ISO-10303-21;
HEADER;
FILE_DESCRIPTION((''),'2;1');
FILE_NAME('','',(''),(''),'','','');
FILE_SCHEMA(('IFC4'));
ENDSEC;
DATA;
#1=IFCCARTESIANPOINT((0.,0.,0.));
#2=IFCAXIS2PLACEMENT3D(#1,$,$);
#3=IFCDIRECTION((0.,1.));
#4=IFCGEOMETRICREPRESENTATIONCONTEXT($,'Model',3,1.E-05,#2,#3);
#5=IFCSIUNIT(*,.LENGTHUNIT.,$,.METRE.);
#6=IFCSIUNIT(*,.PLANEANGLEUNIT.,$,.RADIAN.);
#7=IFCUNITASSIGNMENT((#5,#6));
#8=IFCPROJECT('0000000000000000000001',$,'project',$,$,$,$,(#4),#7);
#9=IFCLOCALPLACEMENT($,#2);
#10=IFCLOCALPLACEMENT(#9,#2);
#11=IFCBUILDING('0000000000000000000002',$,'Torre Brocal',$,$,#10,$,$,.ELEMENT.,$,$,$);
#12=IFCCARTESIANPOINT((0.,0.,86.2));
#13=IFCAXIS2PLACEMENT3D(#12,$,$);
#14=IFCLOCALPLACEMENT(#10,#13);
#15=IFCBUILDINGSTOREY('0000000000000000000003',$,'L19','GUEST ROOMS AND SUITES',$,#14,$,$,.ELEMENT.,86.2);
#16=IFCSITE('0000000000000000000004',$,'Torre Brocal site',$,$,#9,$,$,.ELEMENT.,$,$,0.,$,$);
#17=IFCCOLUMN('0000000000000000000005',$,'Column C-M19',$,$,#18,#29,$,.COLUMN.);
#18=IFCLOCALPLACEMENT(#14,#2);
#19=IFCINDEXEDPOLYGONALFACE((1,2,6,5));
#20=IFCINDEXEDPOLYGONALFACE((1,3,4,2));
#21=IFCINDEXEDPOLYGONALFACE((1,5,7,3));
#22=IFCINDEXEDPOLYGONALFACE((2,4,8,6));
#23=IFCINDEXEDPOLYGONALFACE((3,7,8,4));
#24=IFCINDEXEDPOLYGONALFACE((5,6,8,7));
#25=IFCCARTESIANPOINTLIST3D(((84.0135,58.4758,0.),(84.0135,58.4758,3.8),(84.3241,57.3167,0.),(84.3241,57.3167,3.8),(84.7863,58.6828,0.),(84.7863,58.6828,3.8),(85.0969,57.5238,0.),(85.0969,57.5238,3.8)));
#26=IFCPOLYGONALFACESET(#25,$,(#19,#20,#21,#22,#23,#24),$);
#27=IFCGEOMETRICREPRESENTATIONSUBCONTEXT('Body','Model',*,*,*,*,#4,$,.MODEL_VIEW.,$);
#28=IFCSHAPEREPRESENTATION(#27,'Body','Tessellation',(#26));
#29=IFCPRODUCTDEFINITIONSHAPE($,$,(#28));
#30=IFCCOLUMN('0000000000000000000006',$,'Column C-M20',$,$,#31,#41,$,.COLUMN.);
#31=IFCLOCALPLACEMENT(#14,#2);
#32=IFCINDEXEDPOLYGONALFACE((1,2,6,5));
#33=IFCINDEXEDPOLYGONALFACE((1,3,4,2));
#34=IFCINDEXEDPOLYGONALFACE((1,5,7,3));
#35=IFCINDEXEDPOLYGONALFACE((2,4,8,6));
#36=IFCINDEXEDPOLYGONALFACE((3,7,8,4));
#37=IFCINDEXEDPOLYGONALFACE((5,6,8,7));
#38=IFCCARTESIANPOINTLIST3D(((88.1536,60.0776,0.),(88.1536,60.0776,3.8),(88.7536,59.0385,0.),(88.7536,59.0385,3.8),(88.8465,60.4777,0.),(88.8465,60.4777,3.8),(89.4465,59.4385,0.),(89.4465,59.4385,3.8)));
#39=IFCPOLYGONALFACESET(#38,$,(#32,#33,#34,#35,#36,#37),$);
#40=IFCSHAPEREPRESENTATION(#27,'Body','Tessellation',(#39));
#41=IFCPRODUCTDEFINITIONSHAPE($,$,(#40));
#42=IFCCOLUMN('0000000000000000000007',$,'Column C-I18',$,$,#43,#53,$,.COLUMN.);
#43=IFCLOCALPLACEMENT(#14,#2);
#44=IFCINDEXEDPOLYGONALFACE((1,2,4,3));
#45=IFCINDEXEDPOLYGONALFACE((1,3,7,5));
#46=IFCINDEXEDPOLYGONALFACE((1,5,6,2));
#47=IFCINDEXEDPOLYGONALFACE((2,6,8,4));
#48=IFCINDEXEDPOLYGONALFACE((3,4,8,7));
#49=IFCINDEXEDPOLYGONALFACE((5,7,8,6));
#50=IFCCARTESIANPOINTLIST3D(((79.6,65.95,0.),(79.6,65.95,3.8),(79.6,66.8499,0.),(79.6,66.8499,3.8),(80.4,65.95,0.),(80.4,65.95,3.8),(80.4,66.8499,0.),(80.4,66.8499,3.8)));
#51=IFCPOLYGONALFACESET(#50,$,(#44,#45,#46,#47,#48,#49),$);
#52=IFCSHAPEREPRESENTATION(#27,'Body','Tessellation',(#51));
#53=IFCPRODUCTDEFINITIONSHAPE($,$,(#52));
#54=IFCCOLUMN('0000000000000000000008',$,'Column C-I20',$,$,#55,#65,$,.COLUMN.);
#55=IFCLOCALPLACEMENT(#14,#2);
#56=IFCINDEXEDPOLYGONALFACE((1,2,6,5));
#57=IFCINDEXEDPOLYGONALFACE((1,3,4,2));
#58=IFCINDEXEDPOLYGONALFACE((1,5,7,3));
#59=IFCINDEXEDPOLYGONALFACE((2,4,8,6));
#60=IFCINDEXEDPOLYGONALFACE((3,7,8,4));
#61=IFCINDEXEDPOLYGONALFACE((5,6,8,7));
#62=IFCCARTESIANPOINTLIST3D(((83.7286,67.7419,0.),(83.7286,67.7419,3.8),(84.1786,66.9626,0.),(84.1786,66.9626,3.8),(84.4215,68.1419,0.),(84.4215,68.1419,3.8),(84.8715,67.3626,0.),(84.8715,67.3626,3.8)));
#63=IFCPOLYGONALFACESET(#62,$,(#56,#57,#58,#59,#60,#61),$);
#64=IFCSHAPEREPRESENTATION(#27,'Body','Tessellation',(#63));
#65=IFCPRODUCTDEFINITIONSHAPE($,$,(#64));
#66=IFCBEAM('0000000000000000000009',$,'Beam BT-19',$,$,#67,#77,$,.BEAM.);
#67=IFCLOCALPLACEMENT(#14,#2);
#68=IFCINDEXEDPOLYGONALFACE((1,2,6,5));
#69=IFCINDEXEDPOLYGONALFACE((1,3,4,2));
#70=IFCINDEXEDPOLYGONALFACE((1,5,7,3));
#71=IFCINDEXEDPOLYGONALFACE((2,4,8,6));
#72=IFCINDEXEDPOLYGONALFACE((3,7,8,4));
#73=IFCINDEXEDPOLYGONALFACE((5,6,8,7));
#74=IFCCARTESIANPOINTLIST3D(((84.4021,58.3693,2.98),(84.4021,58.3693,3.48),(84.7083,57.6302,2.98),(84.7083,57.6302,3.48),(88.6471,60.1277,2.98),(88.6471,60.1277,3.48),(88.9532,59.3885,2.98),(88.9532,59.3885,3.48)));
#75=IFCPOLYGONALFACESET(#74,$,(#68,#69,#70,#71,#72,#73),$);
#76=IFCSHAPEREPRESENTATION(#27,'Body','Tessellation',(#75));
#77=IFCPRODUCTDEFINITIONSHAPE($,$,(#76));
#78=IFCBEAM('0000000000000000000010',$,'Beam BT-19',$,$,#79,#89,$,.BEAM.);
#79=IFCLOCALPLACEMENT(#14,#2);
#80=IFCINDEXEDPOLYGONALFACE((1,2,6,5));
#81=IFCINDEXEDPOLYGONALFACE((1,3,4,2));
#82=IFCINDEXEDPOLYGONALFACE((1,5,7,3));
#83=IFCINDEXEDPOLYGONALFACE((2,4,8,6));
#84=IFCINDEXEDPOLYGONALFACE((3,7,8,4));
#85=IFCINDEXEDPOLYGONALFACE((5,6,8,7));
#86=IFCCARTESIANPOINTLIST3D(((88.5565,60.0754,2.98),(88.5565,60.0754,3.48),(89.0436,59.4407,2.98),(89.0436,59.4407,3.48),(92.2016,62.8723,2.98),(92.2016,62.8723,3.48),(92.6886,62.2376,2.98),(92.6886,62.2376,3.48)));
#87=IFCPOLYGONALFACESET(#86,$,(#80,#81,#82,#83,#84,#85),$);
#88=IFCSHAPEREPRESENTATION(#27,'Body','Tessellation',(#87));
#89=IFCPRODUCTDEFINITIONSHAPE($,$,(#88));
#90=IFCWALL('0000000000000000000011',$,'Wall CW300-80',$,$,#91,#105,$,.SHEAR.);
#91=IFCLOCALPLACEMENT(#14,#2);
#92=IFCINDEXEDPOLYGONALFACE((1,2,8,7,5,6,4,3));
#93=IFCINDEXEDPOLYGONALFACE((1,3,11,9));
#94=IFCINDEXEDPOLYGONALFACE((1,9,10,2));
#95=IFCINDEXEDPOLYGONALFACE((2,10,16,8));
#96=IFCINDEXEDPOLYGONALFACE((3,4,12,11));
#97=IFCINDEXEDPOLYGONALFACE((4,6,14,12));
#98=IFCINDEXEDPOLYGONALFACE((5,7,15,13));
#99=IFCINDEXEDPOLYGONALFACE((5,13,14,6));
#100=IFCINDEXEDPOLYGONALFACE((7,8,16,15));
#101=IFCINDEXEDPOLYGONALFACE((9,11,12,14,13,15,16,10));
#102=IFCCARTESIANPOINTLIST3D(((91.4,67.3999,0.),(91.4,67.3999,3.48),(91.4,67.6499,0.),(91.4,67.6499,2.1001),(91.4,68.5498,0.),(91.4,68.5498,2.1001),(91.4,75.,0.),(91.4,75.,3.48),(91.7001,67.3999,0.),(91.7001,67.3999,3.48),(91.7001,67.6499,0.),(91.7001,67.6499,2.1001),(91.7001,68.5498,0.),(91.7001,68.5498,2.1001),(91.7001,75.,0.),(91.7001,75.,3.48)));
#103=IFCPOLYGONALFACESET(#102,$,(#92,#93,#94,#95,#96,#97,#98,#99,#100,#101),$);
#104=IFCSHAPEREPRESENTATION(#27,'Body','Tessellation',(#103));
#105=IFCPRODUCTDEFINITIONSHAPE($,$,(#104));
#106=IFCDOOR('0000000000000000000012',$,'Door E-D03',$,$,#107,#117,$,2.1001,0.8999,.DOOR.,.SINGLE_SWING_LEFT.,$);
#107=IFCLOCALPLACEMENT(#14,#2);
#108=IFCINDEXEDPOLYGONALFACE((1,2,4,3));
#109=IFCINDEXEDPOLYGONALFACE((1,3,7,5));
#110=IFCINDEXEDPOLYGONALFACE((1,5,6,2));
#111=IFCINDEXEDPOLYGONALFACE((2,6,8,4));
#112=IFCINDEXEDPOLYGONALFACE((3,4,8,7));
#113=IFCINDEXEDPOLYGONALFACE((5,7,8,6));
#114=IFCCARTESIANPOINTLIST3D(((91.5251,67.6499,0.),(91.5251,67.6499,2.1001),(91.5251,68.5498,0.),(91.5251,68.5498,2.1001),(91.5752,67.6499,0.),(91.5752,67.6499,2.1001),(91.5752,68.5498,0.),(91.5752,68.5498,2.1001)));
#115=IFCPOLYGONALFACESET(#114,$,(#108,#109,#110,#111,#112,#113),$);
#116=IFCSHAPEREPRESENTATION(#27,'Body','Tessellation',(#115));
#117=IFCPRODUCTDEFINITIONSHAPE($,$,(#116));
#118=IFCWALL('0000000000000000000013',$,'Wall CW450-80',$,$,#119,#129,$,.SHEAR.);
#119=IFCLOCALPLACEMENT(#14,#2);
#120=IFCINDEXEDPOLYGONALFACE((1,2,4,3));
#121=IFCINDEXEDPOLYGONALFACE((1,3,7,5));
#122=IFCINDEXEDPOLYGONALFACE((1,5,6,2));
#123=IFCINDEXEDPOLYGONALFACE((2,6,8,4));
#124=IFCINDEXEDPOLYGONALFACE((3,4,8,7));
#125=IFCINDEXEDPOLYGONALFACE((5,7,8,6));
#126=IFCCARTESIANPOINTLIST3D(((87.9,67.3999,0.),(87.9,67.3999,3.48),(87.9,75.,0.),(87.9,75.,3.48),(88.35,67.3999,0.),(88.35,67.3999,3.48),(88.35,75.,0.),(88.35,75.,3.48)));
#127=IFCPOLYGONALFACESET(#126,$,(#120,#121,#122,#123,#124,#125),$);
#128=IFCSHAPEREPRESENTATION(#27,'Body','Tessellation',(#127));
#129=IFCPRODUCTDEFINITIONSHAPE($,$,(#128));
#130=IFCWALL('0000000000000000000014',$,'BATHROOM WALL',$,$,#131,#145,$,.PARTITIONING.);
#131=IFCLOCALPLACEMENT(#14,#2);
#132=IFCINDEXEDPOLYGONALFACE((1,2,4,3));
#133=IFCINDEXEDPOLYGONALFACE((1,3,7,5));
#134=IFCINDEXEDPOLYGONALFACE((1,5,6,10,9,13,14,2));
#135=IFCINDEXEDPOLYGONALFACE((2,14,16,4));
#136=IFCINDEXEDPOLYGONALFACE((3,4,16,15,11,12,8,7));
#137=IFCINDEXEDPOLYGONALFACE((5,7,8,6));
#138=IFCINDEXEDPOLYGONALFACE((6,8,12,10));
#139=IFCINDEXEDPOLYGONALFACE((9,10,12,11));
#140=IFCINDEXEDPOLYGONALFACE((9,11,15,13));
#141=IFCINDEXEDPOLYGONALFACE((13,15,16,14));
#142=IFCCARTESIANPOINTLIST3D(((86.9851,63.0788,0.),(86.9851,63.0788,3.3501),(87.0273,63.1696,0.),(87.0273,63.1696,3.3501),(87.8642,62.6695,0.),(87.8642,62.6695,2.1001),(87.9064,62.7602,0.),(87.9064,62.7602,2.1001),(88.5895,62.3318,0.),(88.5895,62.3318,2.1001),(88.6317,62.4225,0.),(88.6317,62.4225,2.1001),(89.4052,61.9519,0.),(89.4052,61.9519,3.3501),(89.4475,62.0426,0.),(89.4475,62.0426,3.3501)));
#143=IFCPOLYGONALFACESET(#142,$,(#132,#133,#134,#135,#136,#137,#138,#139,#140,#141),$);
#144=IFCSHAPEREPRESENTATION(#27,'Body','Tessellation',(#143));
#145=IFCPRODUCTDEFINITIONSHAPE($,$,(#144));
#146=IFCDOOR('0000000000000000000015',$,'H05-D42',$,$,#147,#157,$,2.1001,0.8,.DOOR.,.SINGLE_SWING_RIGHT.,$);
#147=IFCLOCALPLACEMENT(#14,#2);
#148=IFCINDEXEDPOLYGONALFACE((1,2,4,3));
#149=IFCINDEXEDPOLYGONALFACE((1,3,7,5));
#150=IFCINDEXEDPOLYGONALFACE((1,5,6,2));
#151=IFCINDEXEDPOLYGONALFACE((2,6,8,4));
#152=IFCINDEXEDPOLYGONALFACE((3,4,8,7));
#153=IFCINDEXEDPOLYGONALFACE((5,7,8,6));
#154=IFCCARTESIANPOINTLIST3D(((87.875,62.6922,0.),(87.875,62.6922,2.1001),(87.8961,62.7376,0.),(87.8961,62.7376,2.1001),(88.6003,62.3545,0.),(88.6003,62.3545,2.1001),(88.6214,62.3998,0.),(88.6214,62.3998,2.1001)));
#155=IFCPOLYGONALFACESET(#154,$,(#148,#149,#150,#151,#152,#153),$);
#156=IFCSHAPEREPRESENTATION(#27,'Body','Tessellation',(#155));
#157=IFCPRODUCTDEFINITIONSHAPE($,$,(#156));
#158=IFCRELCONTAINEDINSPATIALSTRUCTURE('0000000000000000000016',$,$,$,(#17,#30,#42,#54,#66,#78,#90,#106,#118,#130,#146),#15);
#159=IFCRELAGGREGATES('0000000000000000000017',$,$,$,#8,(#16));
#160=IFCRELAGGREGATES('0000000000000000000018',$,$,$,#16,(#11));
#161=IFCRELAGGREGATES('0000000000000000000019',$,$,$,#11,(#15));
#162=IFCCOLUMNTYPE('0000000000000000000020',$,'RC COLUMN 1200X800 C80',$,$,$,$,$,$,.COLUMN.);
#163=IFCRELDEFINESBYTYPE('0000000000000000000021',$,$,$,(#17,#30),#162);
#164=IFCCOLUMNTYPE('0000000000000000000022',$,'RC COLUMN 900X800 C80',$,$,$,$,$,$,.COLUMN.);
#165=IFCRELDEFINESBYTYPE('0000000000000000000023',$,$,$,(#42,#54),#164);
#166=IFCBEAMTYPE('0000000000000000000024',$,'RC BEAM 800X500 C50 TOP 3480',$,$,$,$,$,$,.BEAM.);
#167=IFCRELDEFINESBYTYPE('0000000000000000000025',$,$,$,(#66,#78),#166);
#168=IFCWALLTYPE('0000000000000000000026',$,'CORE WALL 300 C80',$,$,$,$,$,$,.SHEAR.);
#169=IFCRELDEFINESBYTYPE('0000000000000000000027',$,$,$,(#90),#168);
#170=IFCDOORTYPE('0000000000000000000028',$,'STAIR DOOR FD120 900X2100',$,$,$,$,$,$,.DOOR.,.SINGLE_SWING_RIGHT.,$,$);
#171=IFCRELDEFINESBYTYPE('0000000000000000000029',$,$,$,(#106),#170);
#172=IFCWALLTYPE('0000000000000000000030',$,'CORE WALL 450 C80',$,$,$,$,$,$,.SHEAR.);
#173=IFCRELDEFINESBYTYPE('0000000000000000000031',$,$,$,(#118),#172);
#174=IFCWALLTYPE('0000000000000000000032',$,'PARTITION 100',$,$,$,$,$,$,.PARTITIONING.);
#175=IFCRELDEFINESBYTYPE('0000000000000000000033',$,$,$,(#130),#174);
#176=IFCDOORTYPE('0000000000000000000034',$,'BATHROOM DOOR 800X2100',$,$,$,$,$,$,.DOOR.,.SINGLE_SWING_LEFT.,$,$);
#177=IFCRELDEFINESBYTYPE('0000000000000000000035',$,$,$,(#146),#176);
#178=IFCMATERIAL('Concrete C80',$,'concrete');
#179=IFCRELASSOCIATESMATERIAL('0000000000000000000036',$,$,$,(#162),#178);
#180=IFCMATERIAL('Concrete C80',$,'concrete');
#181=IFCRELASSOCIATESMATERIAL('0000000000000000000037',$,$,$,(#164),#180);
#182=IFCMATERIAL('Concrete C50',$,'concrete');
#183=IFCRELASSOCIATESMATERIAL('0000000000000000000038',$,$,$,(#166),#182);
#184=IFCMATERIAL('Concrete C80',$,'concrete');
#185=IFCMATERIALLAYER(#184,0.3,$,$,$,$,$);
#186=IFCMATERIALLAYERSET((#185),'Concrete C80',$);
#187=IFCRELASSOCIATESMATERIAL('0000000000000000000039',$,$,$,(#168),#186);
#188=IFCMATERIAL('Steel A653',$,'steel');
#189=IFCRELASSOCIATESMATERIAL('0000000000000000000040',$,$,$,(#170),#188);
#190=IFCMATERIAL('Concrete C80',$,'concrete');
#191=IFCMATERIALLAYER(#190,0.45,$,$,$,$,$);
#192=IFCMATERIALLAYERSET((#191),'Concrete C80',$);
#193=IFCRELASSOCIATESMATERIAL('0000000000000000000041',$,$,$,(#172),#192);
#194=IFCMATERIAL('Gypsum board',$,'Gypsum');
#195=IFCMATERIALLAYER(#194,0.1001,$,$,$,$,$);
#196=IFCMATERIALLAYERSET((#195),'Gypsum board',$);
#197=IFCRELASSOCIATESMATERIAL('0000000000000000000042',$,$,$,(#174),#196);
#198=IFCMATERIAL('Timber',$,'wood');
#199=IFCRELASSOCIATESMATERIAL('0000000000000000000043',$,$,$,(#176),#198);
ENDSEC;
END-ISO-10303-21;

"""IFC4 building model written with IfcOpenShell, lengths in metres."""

from ifc_helpers import new_model, si_unit, direction, frame, frame_2d, origin, origin_2d, place, context, subcontext, project, spatial, rectangle, extrude, material, layer, layer_set, material_profile, profile_set, type_object, element, fill, save


model = new_model("IFC4")

# Units and contexts
model_context = context("Model", 3, precision=1e-05, world=origin(), true_north=direction((0.0, 1.0)))
body_context = subcontext(model_context, "Body", "Model", "MODEL_VIEW")
ifc_project = project(units=[si_unit("LENGTHUNIT", "METRE"), si_unit("PLANEANGLEUNIT", "RADIAN")], contexts=[model_context])

# Site, building, storey
site_placement = place(None, origin())
site = spatial("IfcSite", under=ifc_project, at=site_placement, Name="Torre Brocal site", CompositionType="ELEMENT", RefElevation=0.0)
building_placement = place(site_placement, origin())
building = spatial("IfcBuilding", under=site, at=building_placement, Name="Torre Brocal", CompositionType="ELEMENT")
storey_placement = place(building_placement, frame((0.0, 0.0, 86.2)))
storey = spatial("IfcBuildingStorey", under=building, at=storey_placement, Name="L19", Description="GUEST ROOMS AND SUITES", CompositionType="ELEMENT", Elevation=86.2)

# Columns
ifc_material_1 = material(Name="Concrete C80", Category="concrete")
ifc_material_profile_1 = material_profile(ifc_material_1, rectangle(XDim=1.2, YDim=0.8, at=origin_2d()), Name="RC 1200X800")
ifc_profile_set_1 = profile_set([ifc_material_profile_1], Name="Concrete C80")
column_type_1 = type_object("IfcColumnType", Name="RC COLUMN 1200X800 C80", PredefinedType="COLUMN", material=ifc_profile_set_1)
for number, where, z_axis, x_axis, name in (
    (1, (84.5552, 57.9998, 0.0), (0.0, 0.0, 1.0), (0.258819, -0.965926, 0.0), "Column C-M19"),
    (2, (88.8, 59.7581, 0.0), (0.0, 0.0, 1.0), (0.5, -0.866025, 0.0), "Column C-M20"),
):
    element("IfcColumn", number, at=place(storey_placement, frame(where, z_axis=z_axis, x_axis=x_axis)), inside=storey, type_object=column_type_1, Name=name, PredefinedType="COLUMN", context=body_context, shape_type="SweptSolid", body=[
        extrude(rectangle(XDim=1.2, YDim=0.8, at=origin_2d()), origin(), (0.0, 0.0, 1.0), 3.8),
    ])
ifc_material_2 = material(Name="Concrete C80", Category="concrete")
ifc_material_profile_2 = material_profile(ifc_material_2, rectangle(XDim=0.8999, YDim=0.8, at=origin_2d()), Name="RC 900X800")
ifc_profile_set_2 = profile_set([ifc_material_profile_2], Name="Concrete C80")
column_type_2 = type_object("IfcColumnType", Name="RC COLUMN 900X800 C80", PredefinedType="COLUMN", material=ifc_profile_set_2)
for number, where, z_axis, x_axis, name in (
    (3, (80.0, 66.3999, 0.0), (0.0, 0.0, 1.0), (0.0, -1.0, 0.0), "Column C-I18"),
    (4, (84.3, 67.5522, 0.0), (0.0, 0.0, 1.0), (0.5, -0.866025, 0.0), "Column C-I20"),
):
    element("IfcColumn", number, at=place(storey_placement, frame(where, z_axis=z_axis, x_axis=x_axis)), inside=storey, type_object=column_type_2, Name=name, PredefinedType="COLUMN", context=body_context, shape_type="SweptSolid", body=[
        extrude(rectangle(XDim=0.8999, YDim=0.8, at=origin_2d()), origin(), (0.0, 0.0, 1.0), 3.8),
    ])

# Beams
ifc_material_3 = material(Name="Concrete C50", Category="concrete")
ifc_material_profile_3 = material_profile(ifc_material_3, rectangle(XDim=0.8, YDim=0.5, at=origin_2d()), Name="RC 800X500")
ifc_profile_set_3 = profile_set([ifc_material_profile_3], Name="Concrete C50")
beam_type = type_object("IfcBeamType", Name="RC BEAM 800X500 C50 TOP 3480", PredefinedType="BEAM", material=ifc_profile_set_3)
beam_1_placement = place(storey_placement, frame((84.5552, 57.9998, 3.23), z_axis=(0.923878, 0.382687, 0.0), x_axis=(-0.382687, 0.923878, 0.0)))
element("IfcBeam", 5, at=beam_1_placement, inside=storey, type_object=beam_type, Name="Beam BT-19", PredefinedType="BEAM", context=body_context, shape_type="SweptSolid", body=[
    extrude(rectangle(XDim=0.8, YDim=0.5, at=origin_2d()), origin(), (0.0, 0.0, 1.0), 4.5947),
])
beam_2_placement = place(storey_placement, frame((88.8, 59.7581, 3.23), z_axis=(0.793358, 0.608755, 0.0), x_axis=(-0.608755, 0.793358, 0.0)))
element("IfcBeam", 6, at=beam_2_placement, inside=storey, type_object=beam_type, Name="Beam BT-19", PredefinedType="BEAM", context=body_context, shape_type="SweptSolid", body=[
    extrude(rectangle(XDim=0.8, YDim=0.5, at=origin_2d()), origin(), (0.0, 0.0, 1.0), 4.5945),
])

# Wall, opening, door
ifc_material_4 = material(Name="Concrete C80", Category="concrete")
ifc_layer_1 = layer(ifc_material_4, 0.3)
ifc_layer_set_1 = layer_set([ifc_layer_1], Name="Concrete C80")
wall_type_1 = type_object("IfcWallType", Name="CORE WALL 300 C80", PredefinedType="SHEAR", material=ifc_layer_set_1)
wall_1_placement = place(storey_placement, frame((91.55, 67.3999, 0.0), z_axis=(0.0, 0.0, 1.0), x_axis=(0.0, 1.0, 0.0)))
wall_1 = element("IfcWall", 7, at=wall_1_placement, inside=storey, type_object=wall_type_1, Name="Wall CW300-80", PredefinedType="SHEAR", context=body_context, shape_type="SweptSolid", body=[
    extrude(rectangle(XDim=7.6001, YDim=0.3, at=frame_2d((3.8, 0.0))), origin(), (0.0, 0.0, 1.0), 3.48),
])
opening_1_placement = place(wall_1_placement, frame((0.25, 0.0, 0.0)))
opening_1 = element("IfcOpeningElement", 8, at=opening_1_placement, cuts=wall_1, PredefinedType="OPENING", context=body_context, shape_type="SweptSolid", body=[
    extrude(rectangle(XDim=0.8999, YDim=2.1001, at=frame_2d((0.45, 1.05))), frame((0.0, 0.1599, 0.0), z_axis=(0.0, -1.0, 0.0), x_axis=(1.0, 0.0, 0.0)), (0.0, 0.0, 1.0), 0.3201),
])
ifc_material_5 = material(Name="Steel A653", Category="steel")
door_type_1 = type_object("IfcDoorType", Name="STAIR DOOR FD120 900X2100", OperationType="SINGLE_SWING_RIGHT", PredefinedType="DOOR", material=ifc_material_5)
door_1_placement = place(opening_1_placement, origin())
door_1 = element("IfcDoor", 9, at=door_1_placement, inside=storey, type_object=door_type_1, Name="Door E-D03", OperationType="SINGLE_SWING_LEFT", OverallHeight=2.1001, OverallWidth=0.8999, PredefinedType="DOOR", context=body_context, shape_type="SweptSolid", body=[
    extrude(rectangle(XDim=0.8999, YDim=2.1001, at=frame_2d((0.45, 1.05))), frame((0.0, 0.0249, 0.0), z_axis=(0.0, -1.0, 0.0), x_axis=(1.0, 0.0, 0.0)), (0.0, 0.0, 1.0), 0.05),
])
fill(opening_1, door_1)

# Wall
ifc_material_6 = material(Name="Concrete C80", Category="concrete")
ifc_layer_2 = layer(ifc_material_6, 0.45)
ifc_layer_set_2 = layer_set([ifc_layer_2], Name="Concrete C80")
wall_type_2 = type_object("IfcWallType", Name="CORE WALL 450 C80", PredefinedType="SHEAR", material=ifc_layer_set_2)
wall_2_placement = place(storey_placement, frame((88.125, 67.3999, 0.0), z_axis=(0.0, 0.0, 1.0), x_axis=(0.0, 1.0, 0.0)))
element("IfcWall", 10, at=wall_2_placement, inside=storey, type_object=wall_type_2, Name="Wall CW450-80", PredefinedType="SHEAR", context=body_context, shape_type="SweptSolid", body=[
    extrude(rectangle(XDim=7.6001, YDim=0.45, at=frame_2d((3.8, 0.0))), origin(), (0.0, 0.0, 1.0), 3.48),
])

# Wall, opening, door
ifc_material_7 = material(Name="Gypsum board", Category="Gypsum")
ifc_layer_3 = layer(ifc_material_7, 0.1001)
ifc_layer_set_3 = layer_set([ifc_layer_3], Name="Gypsum board")
wall_type_3 = type_object("IfcWallType", Name="PARTITION 100", PredefinedType="PARTITIONING", material=ifc_layer_set_3)
wall_3_placement = place(storey_placement, frame((87.0061, 63.1243, 0.0), z_axis=(0.0, 0.0, 1.0), x_axis=(0.906536, -0.422129, 0.0)))
wall_3 = element("IfcWall", 11, at=wall_3_placement, inside=storey, type_object=wall_type_3, Name="BATHROOM WALL", PredefinedType="PARTITIONING", context=body_context, shape_type="SweptSolid", body=[
    extrude(rectangle(XDim=2.6697, YDim=0.1001, at=frame_2d((1.335, 0.0))), origin(), (0.0, 0.0, 1.0), 3.3501),
])
opening_2_placement = place(wall_3_placement, frame((0.97, 0.0, 0.0)))
opening_2 = element("IfcOpeningElement", 12, at=opening_2_placement, cuts=wall_3, PredefinedType="OPENING", context=body_context, shape_type="SweptSolid", body=[
    extrude(rectangle(XDim=0.8, YDim=2.1001, at=frame_2d((0.3999, 1.05))), frame((0.0, 0.0601, 0.0), z_axis=(0.0, -1.0, 0.0), x_axis=(1.0, 0.0, 0.0)), (0.0, 0.0, 1.0), 0.1201),
])
ifc_material_8 = material(Name="Timber", Category="wood")
door_type_2 = type_object("IfcDoorType", Name="BATHROOM DOOR 800X2100", OperationType="SINGLE_SWING_LEFT", PredefinedType="DOOR", material=ifc_material_8)
door_2_placement = place(opening_2_placement, frame((0.8, 0.0, 0.0), z_axis=(0.0, 0.0, 1.0), x_axis=(-1.0, 0.0, 0.0)))
door_2 = element("IfcDoor", 13, at=door_2_placement, inside=storey, type_object=door_type_2, Name="H05-D42", OperationType="SINGLE_SWING_RIGHT", OverallHeight=2.1001, OverallWidth=0.8, PredefinedType="DOOR", context=body_context, shape_type="SweptSolid", body=[
    extrude(rectangle(XDim=0.8, YDim=2.1001, at=frame_2d((0.3999, 1.05))), frame((0.0, 0.0249, 0.0), z_axis=(0.0, -1.0, 0.0), x_axis=(1.0, 0.0, 0.0)), (0.0, 0.0, 1.0), 0.05),
])
fill(opening_2, door_2)

save(model, "model.ifc")
